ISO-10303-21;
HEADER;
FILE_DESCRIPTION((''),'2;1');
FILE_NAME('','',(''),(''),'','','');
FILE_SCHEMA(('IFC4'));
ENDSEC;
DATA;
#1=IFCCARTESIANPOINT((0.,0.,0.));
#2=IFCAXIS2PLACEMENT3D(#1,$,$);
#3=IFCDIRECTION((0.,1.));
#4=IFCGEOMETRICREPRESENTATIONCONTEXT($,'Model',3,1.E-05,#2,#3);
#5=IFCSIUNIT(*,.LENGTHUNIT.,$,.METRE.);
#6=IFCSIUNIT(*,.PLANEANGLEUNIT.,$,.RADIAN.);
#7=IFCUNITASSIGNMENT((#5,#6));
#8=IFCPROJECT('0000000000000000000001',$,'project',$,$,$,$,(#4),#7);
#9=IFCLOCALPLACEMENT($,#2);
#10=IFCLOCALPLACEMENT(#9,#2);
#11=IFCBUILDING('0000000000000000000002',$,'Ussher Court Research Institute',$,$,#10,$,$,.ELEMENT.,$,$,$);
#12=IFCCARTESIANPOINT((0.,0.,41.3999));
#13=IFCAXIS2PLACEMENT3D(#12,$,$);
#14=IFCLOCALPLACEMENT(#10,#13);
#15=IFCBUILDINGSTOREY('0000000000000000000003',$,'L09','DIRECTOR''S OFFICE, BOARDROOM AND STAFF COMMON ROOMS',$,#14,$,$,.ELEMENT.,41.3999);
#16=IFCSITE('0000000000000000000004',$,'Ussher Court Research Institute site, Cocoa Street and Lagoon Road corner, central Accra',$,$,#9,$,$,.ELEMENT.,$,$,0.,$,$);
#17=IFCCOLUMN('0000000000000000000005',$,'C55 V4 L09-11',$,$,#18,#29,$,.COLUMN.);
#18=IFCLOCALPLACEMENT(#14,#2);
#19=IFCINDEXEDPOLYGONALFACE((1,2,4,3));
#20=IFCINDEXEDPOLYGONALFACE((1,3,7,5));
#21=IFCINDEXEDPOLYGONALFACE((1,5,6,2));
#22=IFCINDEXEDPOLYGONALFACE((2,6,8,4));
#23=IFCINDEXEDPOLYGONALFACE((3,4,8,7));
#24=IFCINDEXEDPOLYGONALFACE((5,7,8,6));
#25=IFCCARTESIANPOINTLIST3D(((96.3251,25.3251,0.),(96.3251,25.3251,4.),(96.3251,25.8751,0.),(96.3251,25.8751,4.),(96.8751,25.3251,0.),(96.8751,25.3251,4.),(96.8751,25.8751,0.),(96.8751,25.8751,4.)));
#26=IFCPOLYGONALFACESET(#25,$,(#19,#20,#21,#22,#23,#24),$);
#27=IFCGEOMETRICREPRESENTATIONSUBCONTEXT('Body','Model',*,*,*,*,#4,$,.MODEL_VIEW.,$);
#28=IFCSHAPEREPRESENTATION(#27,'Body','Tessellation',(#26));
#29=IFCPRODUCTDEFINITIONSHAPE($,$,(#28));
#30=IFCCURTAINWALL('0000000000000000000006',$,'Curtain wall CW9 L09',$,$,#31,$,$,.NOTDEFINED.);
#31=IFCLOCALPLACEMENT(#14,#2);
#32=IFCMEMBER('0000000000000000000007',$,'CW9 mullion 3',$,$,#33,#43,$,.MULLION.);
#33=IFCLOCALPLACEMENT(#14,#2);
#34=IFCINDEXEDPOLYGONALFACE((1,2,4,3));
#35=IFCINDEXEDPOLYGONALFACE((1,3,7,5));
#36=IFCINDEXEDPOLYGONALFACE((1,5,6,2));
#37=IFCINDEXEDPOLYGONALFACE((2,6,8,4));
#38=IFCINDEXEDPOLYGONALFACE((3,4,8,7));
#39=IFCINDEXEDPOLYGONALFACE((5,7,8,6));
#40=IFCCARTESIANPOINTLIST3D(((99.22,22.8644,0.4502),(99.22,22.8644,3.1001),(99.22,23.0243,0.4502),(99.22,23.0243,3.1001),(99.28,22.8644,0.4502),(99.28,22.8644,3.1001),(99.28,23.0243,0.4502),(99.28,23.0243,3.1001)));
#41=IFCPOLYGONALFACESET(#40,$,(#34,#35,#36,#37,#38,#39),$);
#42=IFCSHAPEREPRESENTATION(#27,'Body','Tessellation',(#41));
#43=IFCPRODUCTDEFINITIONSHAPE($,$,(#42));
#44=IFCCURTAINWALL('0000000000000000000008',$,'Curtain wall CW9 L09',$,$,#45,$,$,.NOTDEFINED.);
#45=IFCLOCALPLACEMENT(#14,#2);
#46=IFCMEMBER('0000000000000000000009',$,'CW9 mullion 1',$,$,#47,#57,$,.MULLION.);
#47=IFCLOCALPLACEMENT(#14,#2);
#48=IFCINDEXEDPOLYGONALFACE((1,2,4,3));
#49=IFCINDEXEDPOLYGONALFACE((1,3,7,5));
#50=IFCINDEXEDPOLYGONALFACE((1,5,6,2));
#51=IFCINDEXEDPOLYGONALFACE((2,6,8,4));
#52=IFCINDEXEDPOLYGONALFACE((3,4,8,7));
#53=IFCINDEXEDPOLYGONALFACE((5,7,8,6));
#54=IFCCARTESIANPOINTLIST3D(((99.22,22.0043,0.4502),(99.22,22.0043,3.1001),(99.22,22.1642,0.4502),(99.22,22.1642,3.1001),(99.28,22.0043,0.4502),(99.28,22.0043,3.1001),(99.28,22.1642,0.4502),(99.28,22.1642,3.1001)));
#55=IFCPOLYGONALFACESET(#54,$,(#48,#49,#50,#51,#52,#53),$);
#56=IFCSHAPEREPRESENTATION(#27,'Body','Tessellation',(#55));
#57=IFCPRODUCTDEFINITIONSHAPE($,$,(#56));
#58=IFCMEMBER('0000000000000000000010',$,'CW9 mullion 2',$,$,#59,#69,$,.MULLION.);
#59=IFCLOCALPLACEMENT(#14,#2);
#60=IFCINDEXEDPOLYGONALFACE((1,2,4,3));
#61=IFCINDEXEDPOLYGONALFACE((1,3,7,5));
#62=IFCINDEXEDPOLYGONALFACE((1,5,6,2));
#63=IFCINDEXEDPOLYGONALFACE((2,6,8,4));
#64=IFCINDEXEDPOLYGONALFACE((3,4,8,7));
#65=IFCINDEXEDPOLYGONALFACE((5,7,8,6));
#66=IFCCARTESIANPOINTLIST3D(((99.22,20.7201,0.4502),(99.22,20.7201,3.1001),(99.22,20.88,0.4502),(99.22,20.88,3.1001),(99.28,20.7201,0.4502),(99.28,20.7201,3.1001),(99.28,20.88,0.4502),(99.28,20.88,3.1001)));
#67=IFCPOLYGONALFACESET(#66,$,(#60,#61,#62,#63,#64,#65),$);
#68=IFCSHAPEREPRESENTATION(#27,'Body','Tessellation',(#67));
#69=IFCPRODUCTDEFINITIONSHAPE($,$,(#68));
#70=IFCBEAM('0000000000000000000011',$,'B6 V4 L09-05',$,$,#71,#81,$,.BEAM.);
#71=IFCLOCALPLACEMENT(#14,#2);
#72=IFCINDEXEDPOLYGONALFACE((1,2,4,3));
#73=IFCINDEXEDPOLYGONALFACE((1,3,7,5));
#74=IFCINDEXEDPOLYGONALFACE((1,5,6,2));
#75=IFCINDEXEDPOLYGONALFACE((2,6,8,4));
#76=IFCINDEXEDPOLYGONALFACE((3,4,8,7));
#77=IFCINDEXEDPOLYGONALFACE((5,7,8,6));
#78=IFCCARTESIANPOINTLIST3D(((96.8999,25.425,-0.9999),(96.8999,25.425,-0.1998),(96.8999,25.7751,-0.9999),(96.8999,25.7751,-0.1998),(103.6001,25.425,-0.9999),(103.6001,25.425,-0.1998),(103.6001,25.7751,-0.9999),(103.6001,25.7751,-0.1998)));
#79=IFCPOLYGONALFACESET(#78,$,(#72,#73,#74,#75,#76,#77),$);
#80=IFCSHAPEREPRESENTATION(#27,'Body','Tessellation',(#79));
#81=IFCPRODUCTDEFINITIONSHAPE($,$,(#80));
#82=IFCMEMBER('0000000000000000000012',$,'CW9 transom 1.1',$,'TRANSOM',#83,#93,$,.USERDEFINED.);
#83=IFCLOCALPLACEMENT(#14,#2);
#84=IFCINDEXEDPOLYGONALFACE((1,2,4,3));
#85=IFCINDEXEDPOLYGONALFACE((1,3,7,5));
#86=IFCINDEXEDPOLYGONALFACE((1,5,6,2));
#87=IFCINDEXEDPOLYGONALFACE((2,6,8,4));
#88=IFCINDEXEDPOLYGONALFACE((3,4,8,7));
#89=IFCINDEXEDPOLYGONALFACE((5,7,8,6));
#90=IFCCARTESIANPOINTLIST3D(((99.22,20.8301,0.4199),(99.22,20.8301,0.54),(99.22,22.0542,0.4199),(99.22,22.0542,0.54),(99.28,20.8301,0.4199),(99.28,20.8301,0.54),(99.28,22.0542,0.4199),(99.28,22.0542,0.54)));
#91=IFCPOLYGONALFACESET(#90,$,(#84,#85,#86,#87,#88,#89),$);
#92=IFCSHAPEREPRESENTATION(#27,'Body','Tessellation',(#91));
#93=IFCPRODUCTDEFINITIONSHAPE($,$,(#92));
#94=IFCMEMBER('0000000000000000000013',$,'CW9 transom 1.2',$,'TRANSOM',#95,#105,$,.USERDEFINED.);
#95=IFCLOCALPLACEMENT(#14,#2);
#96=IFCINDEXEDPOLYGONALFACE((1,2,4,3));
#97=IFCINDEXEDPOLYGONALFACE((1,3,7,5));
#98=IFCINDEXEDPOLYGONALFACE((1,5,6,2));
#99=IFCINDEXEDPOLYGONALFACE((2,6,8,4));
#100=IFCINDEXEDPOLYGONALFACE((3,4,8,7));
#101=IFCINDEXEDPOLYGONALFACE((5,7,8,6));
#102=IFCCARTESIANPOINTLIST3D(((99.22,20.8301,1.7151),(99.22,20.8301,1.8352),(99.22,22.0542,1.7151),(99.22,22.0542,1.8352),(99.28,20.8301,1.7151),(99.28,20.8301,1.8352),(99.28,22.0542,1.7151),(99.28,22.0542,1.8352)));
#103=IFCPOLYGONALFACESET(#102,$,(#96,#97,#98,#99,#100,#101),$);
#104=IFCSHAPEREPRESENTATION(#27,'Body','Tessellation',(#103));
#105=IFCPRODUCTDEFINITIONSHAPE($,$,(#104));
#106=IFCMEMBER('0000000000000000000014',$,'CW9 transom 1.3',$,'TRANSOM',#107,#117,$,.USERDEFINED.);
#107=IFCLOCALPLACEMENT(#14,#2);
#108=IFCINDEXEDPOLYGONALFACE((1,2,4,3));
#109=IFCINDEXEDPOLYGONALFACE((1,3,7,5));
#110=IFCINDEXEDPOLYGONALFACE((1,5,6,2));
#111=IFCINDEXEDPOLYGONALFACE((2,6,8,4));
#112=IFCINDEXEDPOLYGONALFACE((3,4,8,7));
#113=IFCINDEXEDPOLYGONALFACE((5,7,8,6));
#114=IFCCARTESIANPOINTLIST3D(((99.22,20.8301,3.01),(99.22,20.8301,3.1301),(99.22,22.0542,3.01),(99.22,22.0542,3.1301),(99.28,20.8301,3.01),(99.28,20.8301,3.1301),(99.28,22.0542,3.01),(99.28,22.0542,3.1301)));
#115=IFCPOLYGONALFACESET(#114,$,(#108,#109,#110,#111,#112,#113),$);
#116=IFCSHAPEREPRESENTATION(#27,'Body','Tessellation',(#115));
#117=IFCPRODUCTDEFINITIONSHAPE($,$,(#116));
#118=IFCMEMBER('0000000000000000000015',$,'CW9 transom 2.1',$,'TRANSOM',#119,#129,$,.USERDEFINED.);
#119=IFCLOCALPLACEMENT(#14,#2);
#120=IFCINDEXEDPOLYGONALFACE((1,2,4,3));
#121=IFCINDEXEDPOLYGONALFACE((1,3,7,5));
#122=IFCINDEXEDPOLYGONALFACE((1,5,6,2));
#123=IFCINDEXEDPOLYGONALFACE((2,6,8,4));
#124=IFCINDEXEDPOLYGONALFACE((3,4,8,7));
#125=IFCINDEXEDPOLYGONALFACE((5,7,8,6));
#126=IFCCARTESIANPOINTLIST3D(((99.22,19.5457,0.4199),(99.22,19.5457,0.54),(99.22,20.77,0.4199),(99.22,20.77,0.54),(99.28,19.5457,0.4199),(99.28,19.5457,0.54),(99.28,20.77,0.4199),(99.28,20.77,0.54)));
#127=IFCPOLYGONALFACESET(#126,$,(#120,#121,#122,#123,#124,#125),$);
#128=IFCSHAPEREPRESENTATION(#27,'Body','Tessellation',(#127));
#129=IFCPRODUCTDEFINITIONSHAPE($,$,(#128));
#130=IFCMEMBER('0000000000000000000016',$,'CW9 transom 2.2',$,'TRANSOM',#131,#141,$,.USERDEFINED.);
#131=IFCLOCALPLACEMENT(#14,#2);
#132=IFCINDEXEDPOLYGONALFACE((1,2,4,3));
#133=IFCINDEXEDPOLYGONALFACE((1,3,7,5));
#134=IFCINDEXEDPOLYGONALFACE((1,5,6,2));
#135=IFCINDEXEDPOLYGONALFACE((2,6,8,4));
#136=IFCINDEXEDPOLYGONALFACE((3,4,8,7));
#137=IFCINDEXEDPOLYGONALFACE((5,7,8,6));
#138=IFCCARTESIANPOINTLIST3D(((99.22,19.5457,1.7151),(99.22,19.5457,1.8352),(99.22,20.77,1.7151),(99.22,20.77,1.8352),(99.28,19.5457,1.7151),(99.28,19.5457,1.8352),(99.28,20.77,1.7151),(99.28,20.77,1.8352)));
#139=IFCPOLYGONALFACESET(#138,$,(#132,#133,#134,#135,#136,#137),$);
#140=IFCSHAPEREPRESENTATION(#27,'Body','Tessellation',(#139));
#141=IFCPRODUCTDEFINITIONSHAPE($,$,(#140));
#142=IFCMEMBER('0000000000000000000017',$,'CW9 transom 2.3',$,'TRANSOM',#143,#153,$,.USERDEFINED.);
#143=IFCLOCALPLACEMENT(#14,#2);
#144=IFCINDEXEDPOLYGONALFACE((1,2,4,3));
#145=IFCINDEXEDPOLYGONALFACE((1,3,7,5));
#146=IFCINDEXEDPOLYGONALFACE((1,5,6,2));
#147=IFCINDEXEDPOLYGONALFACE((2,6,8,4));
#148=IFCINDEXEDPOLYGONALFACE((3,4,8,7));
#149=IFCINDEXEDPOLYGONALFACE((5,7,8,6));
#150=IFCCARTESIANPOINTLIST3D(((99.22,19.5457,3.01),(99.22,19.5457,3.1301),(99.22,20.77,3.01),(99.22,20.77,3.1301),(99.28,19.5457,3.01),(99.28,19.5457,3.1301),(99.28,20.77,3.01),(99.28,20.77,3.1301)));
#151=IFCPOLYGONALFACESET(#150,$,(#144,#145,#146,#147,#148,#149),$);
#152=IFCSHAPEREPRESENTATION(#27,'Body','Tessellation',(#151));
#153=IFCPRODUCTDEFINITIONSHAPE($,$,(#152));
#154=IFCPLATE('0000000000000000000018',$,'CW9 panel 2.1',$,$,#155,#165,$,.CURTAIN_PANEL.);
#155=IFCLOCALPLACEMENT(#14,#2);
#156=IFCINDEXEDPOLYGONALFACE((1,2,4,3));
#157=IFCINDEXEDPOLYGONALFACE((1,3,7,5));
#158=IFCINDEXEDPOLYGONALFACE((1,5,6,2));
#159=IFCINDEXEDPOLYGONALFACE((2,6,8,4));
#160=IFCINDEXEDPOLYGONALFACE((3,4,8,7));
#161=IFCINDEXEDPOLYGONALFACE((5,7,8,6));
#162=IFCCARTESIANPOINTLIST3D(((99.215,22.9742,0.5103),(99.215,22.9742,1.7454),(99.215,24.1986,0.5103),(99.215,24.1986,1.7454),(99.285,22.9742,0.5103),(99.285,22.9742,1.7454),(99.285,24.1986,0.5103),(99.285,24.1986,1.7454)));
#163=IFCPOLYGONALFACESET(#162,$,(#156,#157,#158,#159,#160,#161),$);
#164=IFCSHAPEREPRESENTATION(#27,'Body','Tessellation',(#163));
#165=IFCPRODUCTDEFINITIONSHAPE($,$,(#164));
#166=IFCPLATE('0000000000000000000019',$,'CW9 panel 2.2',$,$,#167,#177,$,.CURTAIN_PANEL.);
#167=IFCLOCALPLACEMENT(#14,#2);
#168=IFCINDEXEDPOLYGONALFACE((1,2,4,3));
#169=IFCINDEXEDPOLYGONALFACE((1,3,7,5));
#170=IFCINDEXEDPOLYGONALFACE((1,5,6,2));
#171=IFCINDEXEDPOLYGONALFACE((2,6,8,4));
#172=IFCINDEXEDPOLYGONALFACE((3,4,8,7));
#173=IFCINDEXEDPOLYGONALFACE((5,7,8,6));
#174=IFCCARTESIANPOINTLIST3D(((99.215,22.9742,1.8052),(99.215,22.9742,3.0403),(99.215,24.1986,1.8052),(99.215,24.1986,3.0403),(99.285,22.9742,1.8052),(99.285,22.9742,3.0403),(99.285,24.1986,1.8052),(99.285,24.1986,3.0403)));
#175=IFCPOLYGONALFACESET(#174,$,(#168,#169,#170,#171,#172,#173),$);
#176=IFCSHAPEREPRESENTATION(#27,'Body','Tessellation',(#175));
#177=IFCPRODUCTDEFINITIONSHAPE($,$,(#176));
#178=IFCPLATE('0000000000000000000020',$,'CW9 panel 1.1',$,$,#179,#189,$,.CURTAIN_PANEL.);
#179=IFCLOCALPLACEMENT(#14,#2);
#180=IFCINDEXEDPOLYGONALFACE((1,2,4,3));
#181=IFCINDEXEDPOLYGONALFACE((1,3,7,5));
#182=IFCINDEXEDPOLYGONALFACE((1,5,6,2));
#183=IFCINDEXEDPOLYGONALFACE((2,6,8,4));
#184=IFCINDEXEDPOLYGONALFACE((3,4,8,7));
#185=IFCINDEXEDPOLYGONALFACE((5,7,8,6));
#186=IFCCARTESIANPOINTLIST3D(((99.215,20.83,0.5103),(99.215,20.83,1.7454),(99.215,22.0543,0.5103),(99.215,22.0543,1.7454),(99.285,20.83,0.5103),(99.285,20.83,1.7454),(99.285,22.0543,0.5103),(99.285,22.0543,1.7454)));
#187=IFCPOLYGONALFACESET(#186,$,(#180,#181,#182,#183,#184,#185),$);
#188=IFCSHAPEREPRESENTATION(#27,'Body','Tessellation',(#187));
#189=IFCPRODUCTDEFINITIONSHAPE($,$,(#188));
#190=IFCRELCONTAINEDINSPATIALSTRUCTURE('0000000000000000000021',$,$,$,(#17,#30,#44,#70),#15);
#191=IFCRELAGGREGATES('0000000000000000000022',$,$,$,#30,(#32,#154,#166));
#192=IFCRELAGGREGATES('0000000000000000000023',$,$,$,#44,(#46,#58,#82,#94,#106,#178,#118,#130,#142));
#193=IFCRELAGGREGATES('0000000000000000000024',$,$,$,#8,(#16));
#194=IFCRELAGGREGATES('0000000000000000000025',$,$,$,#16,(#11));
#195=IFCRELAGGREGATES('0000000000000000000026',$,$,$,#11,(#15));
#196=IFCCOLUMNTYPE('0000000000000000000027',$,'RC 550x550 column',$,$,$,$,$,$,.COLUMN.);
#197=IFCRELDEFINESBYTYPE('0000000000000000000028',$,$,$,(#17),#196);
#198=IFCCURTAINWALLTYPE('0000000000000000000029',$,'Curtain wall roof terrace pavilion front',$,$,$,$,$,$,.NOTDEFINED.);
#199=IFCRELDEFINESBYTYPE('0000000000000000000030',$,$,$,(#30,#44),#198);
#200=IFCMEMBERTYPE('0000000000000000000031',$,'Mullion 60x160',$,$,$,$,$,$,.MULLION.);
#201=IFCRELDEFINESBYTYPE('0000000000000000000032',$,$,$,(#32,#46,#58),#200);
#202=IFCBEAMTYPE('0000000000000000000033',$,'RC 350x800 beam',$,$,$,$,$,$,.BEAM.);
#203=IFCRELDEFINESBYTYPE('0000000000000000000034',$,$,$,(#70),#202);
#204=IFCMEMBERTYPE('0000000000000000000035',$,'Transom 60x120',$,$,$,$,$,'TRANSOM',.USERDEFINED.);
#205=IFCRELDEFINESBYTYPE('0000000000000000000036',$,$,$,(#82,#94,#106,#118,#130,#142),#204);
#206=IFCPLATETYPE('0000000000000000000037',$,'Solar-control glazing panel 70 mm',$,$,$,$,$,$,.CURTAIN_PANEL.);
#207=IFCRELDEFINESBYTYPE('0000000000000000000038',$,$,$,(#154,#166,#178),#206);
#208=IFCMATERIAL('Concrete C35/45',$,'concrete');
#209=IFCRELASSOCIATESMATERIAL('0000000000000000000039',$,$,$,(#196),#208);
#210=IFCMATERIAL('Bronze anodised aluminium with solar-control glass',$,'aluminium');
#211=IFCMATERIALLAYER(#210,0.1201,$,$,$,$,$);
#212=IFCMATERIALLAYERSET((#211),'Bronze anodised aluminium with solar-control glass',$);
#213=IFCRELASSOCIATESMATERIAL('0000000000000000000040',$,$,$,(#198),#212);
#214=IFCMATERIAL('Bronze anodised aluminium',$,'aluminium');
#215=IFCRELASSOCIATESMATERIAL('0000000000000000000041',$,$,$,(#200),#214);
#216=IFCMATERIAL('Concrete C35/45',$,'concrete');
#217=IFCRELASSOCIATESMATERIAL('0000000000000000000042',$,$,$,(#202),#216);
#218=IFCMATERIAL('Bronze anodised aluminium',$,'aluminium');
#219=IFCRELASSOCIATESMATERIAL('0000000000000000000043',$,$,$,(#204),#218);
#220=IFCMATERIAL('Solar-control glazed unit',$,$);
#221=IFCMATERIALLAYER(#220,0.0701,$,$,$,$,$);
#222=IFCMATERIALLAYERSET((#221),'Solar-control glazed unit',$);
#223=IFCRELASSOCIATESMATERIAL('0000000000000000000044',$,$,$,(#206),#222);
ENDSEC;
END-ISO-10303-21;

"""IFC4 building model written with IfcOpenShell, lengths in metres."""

from ifc_helpers import new_model, si_unit, direction, frame, origin, origin_2d, place, context, subcontext, project, spatial, rectangle, extrude, material, layer, layer_set, material_profile, profile_set, type_object, element, aggregate, save


model = new_model("IFC4")

# Units and contexts
model_context = context("Model", 3, precision=1e-05, world=origin(), true_north=direction((0.0, 1.0)))
body_context = subcontext(model_context, "Body", "Model", "MODEL_VIEW")
ifc_project = project(units=[si_unit("LENGTHUNIT", "METRE"), si_unit("PLANEANGLEUNIT", "RADIAN")], contexts=[model_context])

# Site, building, storey
site_placement = place(None, origin())
site = spatial("IfcSite", under=ifc_project, at=site_placement, Name="Ussher Court Research Institute site, Cocoa Street and Lagoon Road corner, central Accra", CompositionType="ELEMENT", RefElevation=0.0)
building_placement = place(site_placement, origin())
building = spatial("IfcBuilding", under=site, at=building_placement, Name="Ussher Court Research Institute", CompositionType="ELEMENT")
storey_placement = place(building_placement, frame((0.0, 0.0, 41.3999)))
storey = spatial("IfcBuildingStorey", under=building, at=storey_placement, Name="L09", Description="DIRECTOR'S OFFICE, BOARDROOM AND STAFF COMMON ROOMS", CompositionType="ELEMENT", Elevation=41.3999)

# Column
ifc_material_1 = material(Name="Concrete C35/45", Category="concrete")
ifc_material_profile_1 = material_profile(ifc_material_1, rectangle(XDim=0.55, YDim=0.55, at=origin_2d()), Name="RC 550x550")
ifc_profile_set_1 = profile_set([ifc_material_profile_1], Name="Concrete C35/45")
column_type = type_object("IfcColumnType", Name="RC 550x550 column", PredefinedType="COLUMN", material=ifc_profile_set_1)
column_placement = place(storey_placement, frame((96.6001, 25.6001, 0.0), z_axis=(0.0, 0.0, 1.0), x_axis=(1.0, 0.0, 0.0)))
element("IfcColumn", 1, at=column_placement, inside=storey, type_object=column_type, Name="C55 V4 L09-11", PredefinedType="COLUMN", context=body_context, shape_type="SweptSolid", body=[
    extrude(rectangle(XDim=0.55, YDim=0.55, at=origin_2d()), origin(), (0.0, 0.0, 1.0), 4.0),
])

# Curtain wall, member
ifc_material_2 = material(Name="Bronze anodised aluminium with solar-control glass", Category="aluminium")
ifc_layer_1 = layer(ifc_material_2, 0.1201)
ifc_layer_set_1 = layer_set([ifc_layer_1], Name="Bronze anodised aluminium with solar-control glass")
curtain_wall_type = type_object("IfcCurtainWallType", Name="Curtain wall roof terrace pavilion front", PredefinedType="NOTDEFINED", material=ifc_layer_set_1)
curtain_wall_1_placement = place(storey_placement, origin())
curtain_wall_1 = element("IfcCurtainWall", 2, at=curtain_wall_1_placement, inside=storey, type_object=curtain_wall_type, Name="Curtain wall CW9 L09", PredefinedType="NOTDEFINED")
ifc_material_3 = material(Name="Bronze anodised aluminium", Category="aluminium")
ifc_material_profile_2 = material_profile(ifc_material_3, rectangle(XDim=0.0601, YDim=0.1599, at=origin_2d()), Name="Mullion 60x160")
ifc_profile_set_2 = profile_set([ifc_material_profile_2], Name="Bronze anodised aluminium")
member_type_1 = type_object("IfcMemberType", Name="Mullion 60x160", PredefinedType="MULLION", material=ifc_profile_set_2)
member_1_placement = place(storey_placement, frame((99.25, 22.9443, 0.4502), z_axis=(0.0, 0.0, 1.0), x_axis=(1.0, 0.0, 0.0)))
member_1 = element("IfcMember", 3, at=member_1_placement, type_object=member_type_1, Name="CW9 mullion 3", PredefinedType="MULLION", context=body_context, shape_type="SweptSolid", body=[
    extrude(rectangle(XDim=0.0601, YDim=0.1599, at=origin_2d()), origin(), (0.0, 0.0, 1.0), 2.6499),
])

# Curtain wall, members
curtain_wall_2_placement = place(storey_placement, origin())
curtain_wall_2 = element("IfcCurtainWall", 4, at=curtain_wall_2_placement, inside=storey, type_object=curtain_wall_type, Name="Curtain wall CW9 L09", PredefinedType="NOTDEFINED")
member_2_placement = place(storey_placement, frame((99.25, 22.0842, 0.4502), z_axis=(0.0, 0.0, 1.0), x_axis=(1.0, 0.0, 0.0)))
member_2 = element("IfcMember", 5, at=member_2_placement, type_object=member_type_1, Name="CW9 mullion 1", PredefinedType="MULLION", context=body_context, shape_type="SweptSolid", body=[
    extrude(rectangle(XDim=0.0601, YDim=0.1599, at=origin_2d()), origin(), (0.0, 0.0, 1.0), 2.6499),
])
member_3_placement = place(storey_placement, frame((99.25, 20.8, 0.4502), z_axis=(0.0, 0.0, 1.0), x_axis=(1.0, 0.0, 0.0)))
member_3 = element("IfcMember", 6, at=member_3_placement, type_object=member_type_1, Name="CW9 mullion 2", PredefinedType="MULLION", context=body_context, shape_type="SweptSolid", body=[
    extrude(rectangle(XDim=0.0601, YDim=0.1599, at=origin_2d()), origin(), (0.0, 0.0, 1.0), 2.6499),
])

# Beam
ifc_material_4 = material(Name="Concrete C35/45", Category="concrete")
ifc_material_profile_3 = material_profile(ifc_material_4, rectangle(XDim=0.3501, YDim=0.8, at=origin_2d()), Name="RC 350x800")
ifc_profile_set_3 = profile_set([ifc_material_profile_3], Name="Concrete C35/45")
beam_type = type_object("IfcBeamType", Name="RC 350x800 beam", PredefinedType="BEAM", material=ifc_profile_set_3)
beam_placement = place(storey_placement, frame((96.8999, 25.6001, -0.5999), z_axis=(1.0, 0.0, 0.0), x_axis=(0.0, 1.0, 0.0)))
element("IfcBeam", 7, at=beam_placement, inside=storey, type_object=beam_type, Name="B6 V4 L09-05", PredefinedType="BEAM", context=body_context, shape_type="SweptSolid", body=[
    extrude(rectangle(XDim=0.3501, YDim=0.8, at=origin_2d()), origin(), (0.0, 0.0, 1.0), 6.7002),
])

# Members
ifc_material_5 = material(Name="Bronze anodised aluminium", Category="aluminium")
ifc_material_profile_4 = material_profile(ifc_material_5, rectangle(XDim=0.0601, YDim=0.1201, at=origin_2d()), Name="Transom 60x120")
ifc_profile_set_4 = profile_set([ifc_material_profile_4], Name="Bronze anodised aluminium")
member_type_2 = type_object("IfcMemberType", Name="Transom 60x120", ElementType="TRANSOM", PredefinedType="USERDEFINED", material=ifc_profile_set_4)
member_4_placement = place(storey_placement, frame((99.25, 22.0542, 0.48), z_axis=(0.0, -1.0, 0.0), x_axis=(1.0, 0.0, 0.0)))
member_4 = element("IfcMember", 8, at=member_4_placement, type_object=member_type_2, Name="CW9 transom 1.1", ObjectType="TRANSOM", PredefinedType="USERDEFINED", context=body_context, shape_type="SweptSolid", body=[
    extrude(rectangle(XDim=0.0601, YDim=0.1201, at=origin_2d()), origin(), (0.0, 0.0, 1.0), 1.2241),
])
member_5_placement = place(storey_placement, frame((99.25, 22.0542, 1.7751), z_axis=(0.0, -1.0, 0.0), x_axis=(1.0, 0.0, 0.0)))
member_5 = element("IfcMember", 9, at=member_5_placement, type_object=member_type_2, Name="CW9 transom 1.2", ObjectType="TRANSOM", PredefinedType="USERDEFINED", context=body_context, shape_type="SweptSolid", body=[
    extrude(rectangle(XDim=0.0601, YDim=0.1201, at=origin_2d()), origin(), (0.0, 0.0, 1.0), 1.2241),
])
member_6_placement = place(storey_placement, frame((99.25, 22.0542, 3.0701), z_axis=(0.0, -1.0, 0.0), x_axis=(1.0, 0.0, 0.0)))
member_6 = element("IfcMember", 10, at=member_6_placement, type_object=member_type_2, Name="CW9 transom 1.3", ObjectType="TRANSOM", PredefinedType="USERDEFINED", context=body_context, shape_type="SweptSolid", body=[
    extrude(rectangle(XDim=0.0601, YDim=0.1201, at=origin_2d()), origin(), (0.0, 0.0, 1.0), 1.2241),
])
member_7_placement = place(storey_placement, frame((99.25, 20.77, 0.48), z_axis=(0.0, -1.0, 0.0), x_axis=(1.0, 0.0, 0.0)))
member_7 = element("IfcMember", 11, at=member_7_placement, type_object=member_type_2, Name="CW9 transom 2.1", ObjectType="TRANSOM", PredefinedType="USERDEFINED", context=body_context, shape_type="SweptSolid", body=[
    extrude(rectangle(XDim=0.0601, YDim=0.1201, at=origin_2d()), origin(), (0.0, 0.0, 1.0), 1.2244),
])
member_8_placement = place(storey_placement, frame((99.25, 20.77, 1.7751), z_axis=(0.0, -1.0, 0.0), x_axis=(1.0, 0.0, 0.0)))
member_8 = element("IfcMember", 12, at=member_8_placement, type_object=member_type_2, Name="CW9 transom 2.2", ObjectType="TRANSOM", PredefinedType="USERDEFINED", context=body_context, shape_type="SweptSolid", body=[
    extrude(rectangle(XDim=0.0601, YDim=0.1201, at=origin_2d()), origin(), (0.0, 0.0, 1.0), 1.2244),
])
member_9_placement = place(storey_placement, frame((99.25, 20.77, 3.0701), z_axis=(0.0, -1.0, 0.0), x_axis=(1.0, 0.0, 0.0)))
member_9 = element("IfcMember", 13, at=member_9_placement, type_object=member_type_2, Name="CW9 transom 2.3", ObjectType="TRANSOM", PredefinedType="USERDEFINED", context=body_context, shape_type="SweptSolid", body=[
    extrude(rectangle(XDim=0.0601, YDim=0.1201, at=origin_2d()), origin(), (0.0, 0.0, 1.0), 1.2244),
])

# Plates
ifc_material_6 = material(Name="Solar-control glazed unit")
ifc_layer_2 = layer(ifc_material_6, 0.0701)
ifc_layer_set_2 = layer_set([ifc_layer_2], Name="Solar-control glazed unit")
plate_type = type_object("IfcPlateType", Name="Solar-control glazing panel 70 mm", PredefinedType="CURTAIN_PANEL", material=ifc_layer_set_2)
plate_1_placement = place(storey_placement, frame((99.25, 23.5864, 0.5103), z_axis=(0.0, 0.0, 1.0), x_axis=(0.0, -1.0, 0.0)))
plate_1 = element("IfcPlate", 14, at=plate_1_placement, type_object=plate_type, Name="CW9 panel 2.1", PredefinedType="CURTAIN_PANEL", context=body_context, shape_type="SweptSolid", body=[
    extrude(rectangle(XDim=1.2244, YDim=0.0701, at=origin_2d()), origin(), (0.0, 0.0, 1.0), 1.2351),
])
plate_2_placement = place(storey_placement, frame((99.25, 23.5864, 1.8052), z_axis=(0.0, 0.0, 1.0), x_axis=(0.0, -1.0, 0.0)))
plate_2 = element("IfcPlate", 15, at=plate_2_placement, type_object=plate_type, Name="CW9 panel 2.2", PredefinedType="CURTAIN_PANEL", context=body_context, shape_type="SweptSolid", body=[
    extrude(rectangle(XDim=1.2244, YDim=0.0701, at=origin_2d()), origin(), (0.0, 0.0, 1.0), 1.2351),
])
aggregate(curtain_wall_1, [member_1, plate_1, plate_2])
plate_3_placement = place(storey_placement, frame((99.25, 21.4421, 0.5103), z_axis=(0.0, 0.0, 1.0), x_axis=(0.0, -1.0, 0.0)))
plate_3 = element("IfcPlate", 16, at=plate_3_placement, type_object=plate_type, Name="CW9 panel 1.1", PredefinedType="CURTAIN_PANEL", context=body_context, shape_type="SweptSolid", body=[
    extrude(rectangle(XDim=1.2244, YDim=0.0701, at=origin_2d()), origin(), (0.0, 0.0, 1.0), 1.2351),
])
aggregate(curtain_wall_2, [member_2, member_3, member_4, member_5, member_6, plate_3, member_7, member_8, member_9])

save(model, "model.ifc")
